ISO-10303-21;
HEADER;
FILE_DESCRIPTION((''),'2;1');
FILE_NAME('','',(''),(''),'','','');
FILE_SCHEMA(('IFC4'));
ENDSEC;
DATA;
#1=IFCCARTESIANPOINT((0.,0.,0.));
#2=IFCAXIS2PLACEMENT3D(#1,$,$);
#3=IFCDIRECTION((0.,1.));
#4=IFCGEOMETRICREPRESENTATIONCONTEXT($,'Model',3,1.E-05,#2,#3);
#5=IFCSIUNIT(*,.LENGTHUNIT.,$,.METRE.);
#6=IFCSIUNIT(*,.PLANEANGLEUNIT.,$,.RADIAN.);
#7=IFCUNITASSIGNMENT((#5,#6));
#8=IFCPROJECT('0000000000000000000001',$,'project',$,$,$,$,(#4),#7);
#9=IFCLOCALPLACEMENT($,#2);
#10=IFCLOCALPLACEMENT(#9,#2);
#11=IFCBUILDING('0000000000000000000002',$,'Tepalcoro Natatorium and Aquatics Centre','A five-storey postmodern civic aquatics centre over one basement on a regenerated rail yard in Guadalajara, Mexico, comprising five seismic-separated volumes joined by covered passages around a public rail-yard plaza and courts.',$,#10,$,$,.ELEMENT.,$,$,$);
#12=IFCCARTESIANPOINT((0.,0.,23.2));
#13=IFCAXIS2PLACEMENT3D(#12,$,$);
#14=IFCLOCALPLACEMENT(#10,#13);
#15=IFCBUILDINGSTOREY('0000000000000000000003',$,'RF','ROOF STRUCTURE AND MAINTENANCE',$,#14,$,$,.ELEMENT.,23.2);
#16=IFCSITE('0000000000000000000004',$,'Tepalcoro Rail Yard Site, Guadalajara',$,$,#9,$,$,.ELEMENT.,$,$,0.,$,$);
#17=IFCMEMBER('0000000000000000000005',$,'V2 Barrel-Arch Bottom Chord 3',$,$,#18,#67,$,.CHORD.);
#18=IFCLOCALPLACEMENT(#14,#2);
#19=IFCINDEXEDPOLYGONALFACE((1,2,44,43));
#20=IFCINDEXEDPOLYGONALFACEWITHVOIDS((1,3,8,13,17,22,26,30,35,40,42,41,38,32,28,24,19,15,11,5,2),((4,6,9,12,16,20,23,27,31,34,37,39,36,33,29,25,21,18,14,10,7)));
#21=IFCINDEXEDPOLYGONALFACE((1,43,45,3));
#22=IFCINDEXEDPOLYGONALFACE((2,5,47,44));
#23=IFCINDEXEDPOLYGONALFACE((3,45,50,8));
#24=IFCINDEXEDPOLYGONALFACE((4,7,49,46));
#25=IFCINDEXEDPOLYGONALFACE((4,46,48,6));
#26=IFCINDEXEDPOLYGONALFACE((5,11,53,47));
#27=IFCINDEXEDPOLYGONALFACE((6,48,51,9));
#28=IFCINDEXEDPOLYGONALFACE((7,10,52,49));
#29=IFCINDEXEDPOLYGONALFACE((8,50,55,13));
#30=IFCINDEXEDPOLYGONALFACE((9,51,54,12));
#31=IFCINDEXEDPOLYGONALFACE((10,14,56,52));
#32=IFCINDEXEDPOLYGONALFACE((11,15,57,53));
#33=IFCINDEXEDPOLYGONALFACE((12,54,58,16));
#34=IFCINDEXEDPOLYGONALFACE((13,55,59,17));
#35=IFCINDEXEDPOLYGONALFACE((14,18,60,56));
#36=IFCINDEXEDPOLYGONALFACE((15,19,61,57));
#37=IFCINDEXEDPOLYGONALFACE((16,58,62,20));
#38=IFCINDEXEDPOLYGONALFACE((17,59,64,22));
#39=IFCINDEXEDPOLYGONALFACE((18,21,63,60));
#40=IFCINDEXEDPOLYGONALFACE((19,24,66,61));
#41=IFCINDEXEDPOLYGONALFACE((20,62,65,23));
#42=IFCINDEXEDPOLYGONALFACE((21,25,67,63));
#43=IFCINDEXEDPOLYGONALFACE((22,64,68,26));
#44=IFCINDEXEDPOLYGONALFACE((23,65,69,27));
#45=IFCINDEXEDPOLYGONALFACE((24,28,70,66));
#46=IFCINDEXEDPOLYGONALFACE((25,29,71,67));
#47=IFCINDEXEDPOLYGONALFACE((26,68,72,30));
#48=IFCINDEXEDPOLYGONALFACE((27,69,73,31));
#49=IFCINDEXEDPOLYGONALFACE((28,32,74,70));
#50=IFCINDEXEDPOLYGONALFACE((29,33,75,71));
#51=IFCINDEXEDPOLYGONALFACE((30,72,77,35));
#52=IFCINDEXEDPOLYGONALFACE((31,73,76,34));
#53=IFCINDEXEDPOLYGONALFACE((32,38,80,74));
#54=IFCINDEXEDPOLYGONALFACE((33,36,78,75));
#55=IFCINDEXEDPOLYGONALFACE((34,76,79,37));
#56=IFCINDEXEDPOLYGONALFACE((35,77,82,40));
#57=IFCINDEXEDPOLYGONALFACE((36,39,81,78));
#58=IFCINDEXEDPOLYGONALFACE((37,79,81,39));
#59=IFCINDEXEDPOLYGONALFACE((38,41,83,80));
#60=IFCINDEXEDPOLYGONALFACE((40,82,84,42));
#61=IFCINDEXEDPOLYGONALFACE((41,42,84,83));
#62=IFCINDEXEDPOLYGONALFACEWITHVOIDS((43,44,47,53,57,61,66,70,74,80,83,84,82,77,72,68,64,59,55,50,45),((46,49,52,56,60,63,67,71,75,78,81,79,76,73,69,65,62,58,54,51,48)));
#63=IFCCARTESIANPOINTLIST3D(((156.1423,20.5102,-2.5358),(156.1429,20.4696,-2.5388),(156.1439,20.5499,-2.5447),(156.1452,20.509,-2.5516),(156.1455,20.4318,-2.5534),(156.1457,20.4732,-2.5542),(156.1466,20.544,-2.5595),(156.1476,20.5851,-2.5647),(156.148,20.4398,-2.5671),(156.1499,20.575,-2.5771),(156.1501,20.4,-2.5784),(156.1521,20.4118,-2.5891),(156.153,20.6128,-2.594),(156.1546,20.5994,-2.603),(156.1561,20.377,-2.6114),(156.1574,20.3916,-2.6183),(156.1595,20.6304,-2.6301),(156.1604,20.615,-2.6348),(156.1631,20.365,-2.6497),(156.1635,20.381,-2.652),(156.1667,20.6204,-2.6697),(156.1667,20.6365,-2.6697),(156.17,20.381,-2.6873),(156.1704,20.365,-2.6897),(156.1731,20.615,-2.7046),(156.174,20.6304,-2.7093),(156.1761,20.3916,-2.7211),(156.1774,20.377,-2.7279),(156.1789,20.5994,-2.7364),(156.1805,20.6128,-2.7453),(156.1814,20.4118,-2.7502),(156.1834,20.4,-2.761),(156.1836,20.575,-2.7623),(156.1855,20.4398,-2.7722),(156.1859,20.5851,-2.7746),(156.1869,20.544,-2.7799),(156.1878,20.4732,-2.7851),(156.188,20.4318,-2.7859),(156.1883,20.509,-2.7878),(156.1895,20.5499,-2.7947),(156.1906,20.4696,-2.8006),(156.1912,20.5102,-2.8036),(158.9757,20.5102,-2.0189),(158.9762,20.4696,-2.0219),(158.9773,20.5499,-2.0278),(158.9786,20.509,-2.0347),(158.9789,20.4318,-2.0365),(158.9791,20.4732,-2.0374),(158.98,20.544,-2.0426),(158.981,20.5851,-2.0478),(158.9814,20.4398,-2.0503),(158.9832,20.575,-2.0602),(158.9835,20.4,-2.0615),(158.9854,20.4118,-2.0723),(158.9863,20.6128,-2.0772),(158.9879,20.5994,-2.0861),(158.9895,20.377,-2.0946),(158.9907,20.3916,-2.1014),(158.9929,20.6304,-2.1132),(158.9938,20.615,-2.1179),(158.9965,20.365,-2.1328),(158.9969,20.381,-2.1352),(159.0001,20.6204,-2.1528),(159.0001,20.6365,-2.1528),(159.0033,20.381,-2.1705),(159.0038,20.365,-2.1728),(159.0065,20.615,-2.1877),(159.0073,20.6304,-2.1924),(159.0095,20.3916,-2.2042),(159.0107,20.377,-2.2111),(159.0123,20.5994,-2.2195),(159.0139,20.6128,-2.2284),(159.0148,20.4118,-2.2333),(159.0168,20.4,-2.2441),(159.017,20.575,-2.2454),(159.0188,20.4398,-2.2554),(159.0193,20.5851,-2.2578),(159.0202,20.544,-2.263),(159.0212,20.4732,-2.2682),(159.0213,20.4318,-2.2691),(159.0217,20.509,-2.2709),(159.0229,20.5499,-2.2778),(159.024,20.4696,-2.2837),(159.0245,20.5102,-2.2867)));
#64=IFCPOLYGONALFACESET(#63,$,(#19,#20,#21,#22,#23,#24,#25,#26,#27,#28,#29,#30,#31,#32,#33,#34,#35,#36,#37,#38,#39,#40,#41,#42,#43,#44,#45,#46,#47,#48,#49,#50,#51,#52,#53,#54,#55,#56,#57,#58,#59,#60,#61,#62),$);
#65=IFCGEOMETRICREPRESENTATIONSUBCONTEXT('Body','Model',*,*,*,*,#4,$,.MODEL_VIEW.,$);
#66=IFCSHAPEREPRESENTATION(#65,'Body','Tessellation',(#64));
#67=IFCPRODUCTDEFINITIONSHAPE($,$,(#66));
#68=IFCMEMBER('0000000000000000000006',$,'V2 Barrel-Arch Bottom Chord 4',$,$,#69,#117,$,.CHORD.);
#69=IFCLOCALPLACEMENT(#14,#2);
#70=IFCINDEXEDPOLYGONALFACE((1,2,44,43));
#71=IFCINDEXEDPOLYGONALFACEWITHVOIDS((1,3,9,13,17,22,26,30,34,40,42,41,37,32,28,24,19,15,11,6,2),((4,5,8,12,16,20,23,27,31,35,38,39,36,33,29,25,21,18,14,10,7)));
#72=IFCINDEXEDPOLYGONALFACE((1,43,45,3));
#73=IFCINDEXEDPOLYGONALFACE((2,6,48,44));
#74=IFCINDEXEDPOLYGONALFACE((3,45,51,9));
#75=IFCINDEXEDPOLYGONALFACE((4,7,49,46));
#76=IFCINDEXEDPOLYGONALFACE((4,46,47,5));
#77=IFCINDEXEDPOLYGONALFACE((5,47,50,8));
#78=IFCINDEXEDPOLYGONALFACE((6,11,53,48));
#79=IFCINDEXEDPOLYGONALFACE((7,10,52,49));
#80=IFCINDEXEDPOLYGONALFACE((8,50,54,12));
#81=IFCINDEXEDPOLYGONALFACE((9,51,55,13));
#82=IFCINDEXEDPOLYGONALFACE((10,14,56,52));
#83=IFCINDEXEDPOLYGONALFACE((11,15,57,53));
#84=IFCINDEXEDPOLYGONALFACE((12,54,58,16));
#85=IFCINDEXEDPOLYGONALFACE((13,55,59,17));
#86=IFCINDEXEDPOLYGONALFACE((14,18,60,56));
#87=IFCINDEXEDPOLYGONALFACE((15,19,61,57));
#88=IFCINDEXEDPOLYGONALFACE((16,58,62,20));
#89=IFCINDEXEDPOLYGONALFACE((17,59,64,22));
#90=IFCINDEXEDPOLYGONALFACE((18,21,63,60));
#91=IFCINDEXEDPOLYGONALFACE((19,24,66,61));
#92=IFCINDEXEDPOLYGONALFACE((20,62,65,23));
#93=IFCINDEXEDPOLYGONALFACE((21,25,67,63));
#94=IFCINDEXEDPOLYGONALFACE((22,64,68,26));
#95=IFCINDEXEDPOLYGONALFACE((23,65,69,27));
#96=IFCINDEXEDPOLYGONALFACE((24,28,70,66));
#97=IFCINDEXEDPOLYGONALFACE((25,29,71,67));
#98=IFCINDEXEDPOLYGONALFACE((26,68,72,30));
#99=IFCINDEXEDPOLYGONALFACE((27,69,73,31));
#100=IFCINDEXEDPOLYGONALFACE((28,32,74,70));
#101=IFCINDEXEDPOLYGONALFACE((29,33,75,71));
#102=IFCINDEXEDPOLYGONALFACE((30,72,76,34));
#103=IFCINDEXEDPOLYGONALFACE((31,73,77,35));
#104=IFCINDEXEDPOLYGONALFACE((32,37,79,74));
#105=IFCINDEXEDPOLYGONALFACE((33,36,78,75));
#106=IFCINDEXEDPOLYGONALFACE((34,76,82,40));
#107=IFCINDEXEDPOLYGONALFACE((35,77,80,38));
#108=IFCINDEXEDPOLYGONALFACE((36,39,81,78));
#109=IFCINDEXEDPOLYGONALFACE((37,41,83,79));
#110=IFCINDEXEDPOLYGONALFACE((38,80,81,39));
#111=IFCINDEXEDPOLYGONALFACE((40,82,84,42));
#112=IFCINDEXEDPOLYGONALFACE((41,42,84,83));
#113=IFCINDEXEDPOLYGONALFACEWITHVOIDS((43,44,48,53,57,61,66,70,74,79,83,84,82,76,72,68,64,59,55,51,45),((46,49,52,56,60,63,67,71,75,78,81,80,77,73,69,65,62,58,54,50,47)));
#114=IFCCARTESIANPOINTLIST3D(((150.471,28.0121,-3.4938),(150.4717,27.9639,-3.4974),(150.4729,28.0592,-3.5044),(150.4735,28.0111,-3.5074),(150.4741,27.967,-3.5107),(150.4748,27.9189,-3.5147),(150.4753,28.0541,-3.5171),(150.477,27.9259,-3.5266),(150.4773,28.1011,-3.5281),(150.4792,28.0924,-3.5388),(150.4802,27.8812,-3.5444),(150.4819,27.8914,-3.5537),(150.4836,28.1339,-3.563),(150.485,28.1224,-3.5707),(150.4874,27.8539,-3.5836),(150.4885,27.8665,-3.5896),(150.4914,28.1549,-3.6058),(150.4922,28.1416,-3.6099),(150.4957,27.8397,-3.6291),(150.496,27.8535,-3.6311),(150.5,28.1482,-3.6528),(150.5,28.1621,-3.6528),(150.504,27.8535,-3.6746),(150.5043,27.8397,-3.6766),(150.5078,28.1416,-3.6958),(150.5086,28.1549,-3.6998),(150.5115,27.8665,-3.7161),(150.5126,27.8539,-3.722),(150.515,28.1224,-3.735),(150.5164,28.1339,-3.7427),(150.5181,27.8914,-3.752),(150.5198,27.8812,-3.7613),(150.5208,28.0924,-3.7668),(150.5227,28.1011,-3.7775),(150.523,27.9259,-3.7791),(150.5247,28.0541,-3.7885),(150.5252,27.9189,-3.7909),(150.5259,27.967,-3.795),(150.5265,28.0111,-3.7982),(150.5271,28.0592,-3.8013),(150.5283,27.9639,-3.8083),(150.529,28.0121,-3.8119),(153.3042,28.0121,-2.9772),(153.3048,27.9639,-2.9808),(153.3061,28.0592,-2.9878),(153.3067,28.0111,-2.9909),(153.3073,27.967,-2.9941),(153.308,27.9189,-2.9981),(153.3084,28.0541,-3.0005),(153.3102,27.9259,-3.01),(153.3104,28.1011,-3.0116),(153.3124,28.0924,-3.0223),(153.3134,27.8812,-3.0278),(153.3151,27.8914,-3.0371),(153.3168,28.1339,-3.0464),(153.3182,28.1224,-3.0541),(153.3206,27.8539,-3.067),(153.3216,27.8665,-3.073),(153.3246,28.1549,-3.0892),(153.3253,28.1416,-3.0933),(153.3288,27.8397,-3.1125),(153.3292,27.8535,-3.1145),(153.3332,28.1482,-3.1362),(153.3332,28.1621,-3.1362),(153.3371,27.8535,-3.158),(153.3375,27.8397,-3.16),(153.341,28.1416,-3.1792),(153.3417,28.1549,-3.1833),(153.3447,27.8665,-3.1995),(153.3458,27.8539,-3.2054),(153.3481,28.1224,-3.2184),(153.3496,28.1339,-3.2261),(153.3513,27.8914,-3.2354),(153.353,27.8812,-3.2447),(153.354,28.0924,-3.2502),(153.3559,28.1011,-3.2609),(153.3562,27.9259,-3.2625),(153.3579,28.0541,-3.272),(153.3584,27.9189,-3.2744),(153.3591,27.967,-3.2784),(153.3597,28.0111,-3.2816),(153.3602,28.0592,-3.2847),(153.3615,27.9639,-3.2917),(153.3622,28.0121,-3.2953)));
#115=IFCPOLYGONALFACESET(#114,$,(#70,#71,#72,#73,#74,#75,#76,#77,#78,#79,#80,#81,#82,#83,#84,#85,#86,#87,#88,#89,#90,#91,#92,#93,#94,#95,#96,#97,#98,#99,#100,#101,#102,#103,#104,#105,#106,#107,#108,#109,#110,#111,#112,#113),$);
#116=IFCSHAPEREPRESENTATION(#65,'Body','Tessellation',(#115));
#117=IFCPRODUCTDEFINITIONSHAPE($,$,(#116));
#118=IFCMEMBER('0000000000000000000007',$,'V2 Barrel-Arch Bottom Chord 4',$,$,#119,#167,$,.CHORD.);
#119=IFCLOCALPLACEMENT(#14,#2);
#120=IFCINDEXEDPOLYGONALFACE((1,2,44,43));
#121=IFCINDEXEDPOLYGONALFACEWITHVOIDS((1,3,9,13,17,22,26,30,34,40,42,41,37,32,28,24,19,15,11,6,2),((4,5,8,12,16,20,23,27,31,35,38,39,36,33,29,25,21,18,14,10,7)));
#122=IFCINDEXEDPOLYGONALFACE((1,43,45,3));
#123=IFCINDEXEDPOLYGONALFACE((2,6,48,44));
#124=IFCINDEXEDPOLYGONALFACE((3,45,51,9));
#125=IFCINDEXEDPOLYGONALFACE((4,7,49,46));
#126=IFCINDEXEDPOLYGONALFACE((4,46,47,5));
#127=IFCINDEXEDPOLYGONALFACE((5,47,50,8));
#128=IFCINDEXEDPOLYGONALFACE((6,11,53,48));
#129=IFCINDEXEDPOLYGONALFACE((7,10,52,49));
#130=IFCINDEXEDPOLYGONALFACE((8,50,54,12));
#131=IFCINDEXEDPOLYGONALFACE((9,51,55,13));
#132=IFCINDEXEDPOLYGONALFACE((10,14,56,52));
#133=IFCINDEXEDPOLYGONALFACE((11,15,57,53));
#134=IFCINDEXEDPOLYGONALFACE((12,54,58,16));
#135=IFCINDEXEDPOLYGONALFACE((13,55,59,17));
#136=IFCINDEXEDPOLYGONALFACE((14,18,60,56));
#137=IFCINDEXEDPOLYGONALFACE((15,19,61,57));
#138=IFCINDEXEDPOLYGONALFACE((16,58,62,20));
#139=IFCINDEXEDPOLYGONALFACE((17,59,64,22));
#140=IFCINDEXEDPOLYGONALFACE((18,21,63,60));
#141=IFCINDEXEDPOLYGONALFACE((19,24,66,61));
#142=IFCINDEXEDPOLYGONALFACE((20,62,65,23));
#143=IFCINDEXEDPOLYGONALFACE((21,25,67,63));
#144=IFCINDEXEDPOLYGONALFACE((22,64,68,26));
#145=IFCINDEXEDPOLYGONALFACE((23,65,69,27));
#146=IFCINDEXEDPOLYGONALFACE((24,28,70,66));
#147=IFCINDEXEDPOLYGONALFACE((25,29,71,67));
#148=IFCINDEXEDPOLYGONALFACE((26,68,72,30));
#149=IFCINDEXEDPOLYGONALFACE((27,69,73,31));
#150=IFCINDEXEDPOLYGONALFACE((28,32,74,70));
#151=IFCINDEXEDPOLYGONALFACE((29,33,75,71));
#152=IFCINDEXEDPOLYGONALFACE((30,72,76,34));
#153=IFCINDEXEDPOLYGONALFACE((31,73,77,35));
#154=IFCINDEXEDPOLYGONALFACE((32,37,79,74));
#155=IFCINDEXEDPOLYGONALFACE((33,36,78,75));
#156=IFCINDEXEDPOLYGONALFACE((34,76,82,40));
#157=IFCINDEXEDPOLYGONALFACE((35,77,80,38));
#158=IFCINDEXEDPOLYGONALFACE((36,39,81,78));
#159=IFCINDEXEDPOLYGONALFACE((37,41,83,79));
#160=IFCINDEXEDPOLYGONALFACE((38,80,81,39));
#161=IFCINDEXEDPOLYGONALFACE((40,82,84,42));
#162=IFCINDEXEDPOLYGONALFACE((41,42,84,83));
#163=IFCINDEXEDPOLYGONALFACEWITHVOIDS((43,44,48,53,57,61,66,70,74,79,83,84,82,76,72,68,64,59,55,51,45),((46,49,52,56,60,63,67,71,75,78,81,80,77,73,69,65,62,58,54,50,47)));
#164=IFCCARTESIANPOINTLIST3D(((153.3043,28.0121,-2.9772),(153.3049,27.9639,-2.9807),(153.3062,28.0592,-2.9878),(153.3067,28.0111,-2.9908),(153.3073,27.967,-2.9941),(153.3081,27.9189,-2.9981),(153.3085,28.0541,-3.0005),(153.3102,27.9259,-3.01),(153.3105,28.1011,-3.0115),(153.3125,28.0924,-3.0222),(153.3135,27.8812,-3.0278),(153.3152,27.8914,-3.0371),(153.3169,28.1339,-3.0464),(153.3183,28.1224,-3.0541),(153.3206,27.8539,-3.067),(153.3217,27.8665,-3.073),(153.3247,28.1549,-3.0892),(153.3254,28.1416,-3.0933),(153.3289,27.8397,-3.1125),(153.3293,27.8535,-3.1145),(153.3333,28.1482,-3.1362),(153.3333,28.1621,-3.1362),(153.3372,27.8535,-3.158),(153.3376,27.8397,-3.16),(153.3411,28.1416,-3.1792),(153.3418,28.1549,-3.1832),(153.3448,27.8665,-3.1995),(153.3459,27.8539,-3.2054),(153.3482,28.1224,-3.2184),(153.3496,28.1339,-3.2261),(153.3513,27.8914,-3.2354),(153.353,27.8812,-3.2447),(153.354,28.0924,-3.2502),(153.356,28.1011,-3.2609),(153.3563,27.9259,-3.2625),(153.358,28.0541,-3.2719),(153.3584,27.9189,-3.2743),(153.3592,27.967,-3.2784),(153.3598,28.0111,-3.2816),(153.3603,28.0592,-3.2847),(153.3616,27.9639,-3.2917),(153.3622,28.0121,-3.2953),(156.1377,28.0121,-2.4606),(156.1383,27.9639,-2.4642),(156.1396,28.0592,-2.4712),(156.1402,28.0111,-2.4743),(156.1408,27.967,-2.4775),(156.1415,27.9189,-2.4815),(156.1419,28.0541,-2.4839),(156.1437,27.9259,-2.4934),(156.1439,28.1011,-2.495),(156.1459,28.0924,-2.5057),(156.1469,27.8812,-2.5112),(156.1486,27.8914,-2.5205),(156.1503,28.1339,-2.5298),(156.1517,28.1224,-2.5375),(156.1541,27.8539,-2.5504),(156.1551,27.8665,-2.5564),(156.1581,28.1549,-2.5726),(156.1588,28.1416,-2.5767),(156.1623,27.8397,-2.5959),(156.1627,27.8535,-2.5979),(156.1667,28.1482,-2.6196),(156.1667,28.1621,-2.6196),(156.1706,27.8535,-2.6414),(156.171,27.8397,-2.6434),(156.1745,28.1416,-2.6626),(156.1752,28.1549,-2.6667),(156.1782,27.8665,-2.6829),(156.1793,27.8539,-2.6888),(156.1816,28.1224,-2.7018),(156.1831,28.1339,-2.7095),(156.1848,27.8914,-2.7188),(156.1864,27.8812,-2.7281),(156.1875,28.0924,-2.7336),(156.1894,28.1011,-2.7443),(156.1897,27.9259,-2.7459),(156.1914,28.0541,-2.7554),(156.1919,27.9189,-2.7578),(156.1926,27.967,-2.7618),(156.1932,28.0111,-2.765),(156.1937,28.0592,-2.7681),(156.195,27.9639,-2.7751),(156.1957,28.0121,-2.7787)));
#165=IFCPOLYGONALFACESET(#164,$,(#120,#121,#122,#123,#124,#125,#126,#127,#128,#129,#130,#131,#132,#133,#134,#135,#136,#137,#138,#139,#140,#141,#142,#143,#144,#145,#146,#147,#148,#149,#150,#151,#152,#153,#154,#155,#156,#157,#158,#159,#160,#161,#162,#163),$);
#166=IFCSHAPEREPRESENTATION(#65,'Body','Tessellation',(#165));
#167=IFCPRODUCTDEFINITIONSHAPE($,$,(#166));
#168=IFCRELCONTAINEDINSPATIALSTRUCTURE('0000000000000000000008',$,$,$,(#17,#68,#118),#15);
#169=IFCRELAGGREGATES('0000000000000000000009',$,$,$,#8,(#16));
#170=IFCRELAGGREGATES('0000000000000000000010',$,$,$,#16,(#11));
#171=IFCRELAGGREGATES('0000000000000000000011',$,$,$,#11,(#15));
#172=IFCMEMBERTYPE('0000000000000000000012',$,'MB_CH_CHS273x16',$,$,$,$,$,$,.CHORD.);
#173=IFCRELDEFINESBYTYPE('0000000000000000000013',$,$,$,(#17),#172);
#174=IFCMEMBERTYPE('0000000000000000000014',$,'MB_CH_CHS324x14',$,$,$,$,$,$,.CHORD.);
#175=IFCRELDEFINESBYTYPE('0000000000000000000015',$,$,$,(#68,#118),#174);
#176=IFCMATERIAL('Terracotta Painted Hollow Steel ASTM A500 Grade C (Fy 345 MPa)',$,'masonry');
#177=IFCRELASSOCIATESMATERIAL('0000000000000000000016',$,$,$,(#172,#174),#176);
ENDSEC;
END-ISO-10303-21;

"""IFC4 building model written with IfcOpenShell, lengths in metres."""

from ifc_helpers import new_model, si_unit, direction, frame, origin, origin_2d, place, context, subcontext, project, spatial, hollow_circle, extrude, material, material_profile, profile_set, type_object, element, save


model = new_model("IFC4")

# Units and contexts
model_context = context("Model", 3, precision=1e-05, world=origin(), true_north=direction((0.0, 1.0)))
body_context = subcontext(model_context, "Body", "Model", "MODEL_VIEW")
ifc_project = project(units=[si_unit("LENGTHUNIT", "METRE"), si_unit("PLANEANGLEUNIT", "RADIAN")], contexts=[model_context])

# Site, building, storey
site_placement = place(None, origin())
site = spatial("IfcSite", under=ifc_project, at=site_placement, Name="Tepalcoro Rail Yard Site, Guadalajara", CompositionType="ELEMENT", RefElevation=0.0)
building_placement = place(site_placement, origin())
building = spatial("IfcBuilding", under=site, at=building_placement, Name="Tepalcoro Natatorium and Aquatics Centre", Description="A five-storey postmodern civic aquatics centre over one basement on a regenerated rail yard in Guadalajara, Mexico, comprising five seismic-separated volumes joined by covered passages around a public rail-yard plaza and courts.", CompositionType="ELEMENT")
storey_placement = place(building_placement, frame((0.0, 0.0, 23.2)))
storey = spatial("IfcBuildingStorey", under=building, at=storey_placement, Name="RF", Description="ROOF STRUCTURE AND MAINTENANCE", CompositionType="ELEMENT", Elevation=23.2)

# Shared definitions
ifc_material_1 = material(Name="Terracotta Painted Hollow Steel ASTM A500 Grade C (Fy 345 MPa)", Category="masonry")

# Members
ifc_material_profile_1 = material_profile(ifc_material_1, hollow_circle(Radius=0.1365, WallThickness=0.0161, at=origin_2d()), Name="CHS273X16")
ifc_profile_set_1 = profile_set([ifc_material_profile_1], Name="Terracotta Painted Hollow Steel ASTM A500 Grade C (Fy 345 MPa)")
member_type_1 = type_object("IfcMemberType", Name="MB_CH_CHS273x16", PredefinedType="CHORD", material=ifc_profile_set_1)
for number, where, z_axis, x_axis, name in (
    (1, (156.1667, 20.5, -2.6697), (0.983765, 0.0, 0.17946), (0.0, 1.0, 0.0), "V2 Barrel-Arch Bottom Chord 3"),
):
    element("IfcMember", number, at=place(storey_placement, frame(where, z_axis=z_axis, x_axis=x_axis)), inside=storey, type_object=member_type_1, Name=name, PredefinedType="CHORD", context=body_context, shape_type="SweptSolid", body=[
        extrude(hollow_circle(Radius=0.1365, WallThickness=0.0161, at=origin_2d()), origin(), (0.0, 0.0, 1.0), 2.8801),
    ])
ifc_material_profile_2 = material_profile(ifc_material_1, hollow_circle(Radius=0.1621, WallThickness=0.0139, at=origin_2d()), Name="CHS324X14")
ifc_profile_set_2 = profile_set([ifc_material_profile_2], Name="Terracotta Painted Hollow Steel ASTM A500 Grade C (Fy 345 MPa)")
member_type_2 = type_object("IfcMemberType", Name="MB_CH_CHS324x14", PredefinedType="CHORD", material=ifc_profile_set_2)
member_1_placement = place(storey_placement, frame((150.5, 28.0, -3.6528), z_axis=(0.98378, 0.0, 0.179378), x_axis=(0.0, 1.0, 0.0)))
element("IfcMember", 2, at=member_1_placement, inside=storey, type_object=member_type_2, Name="V2 Barrel-Arch Bottom Chord 4", PredefinedType="CHORD", context=body_context, shape_type="SweptSolid", body=[
    extrude(hollow_circle(Radius=0.1621, WallThickness=0.0139, at=origin_2d()), origin(), (0.0, 0.0, 1.0), 2.8799),
])
member_2_placement = place(storey_placement, frame((153.3333, 28.0, -3.1362), z_axis=(0.983783, 0.0, 0.179363), x_axis=(0.0, 1.0, 0.0)))
element("IfcMember", 3, at=member_2_placement, inside=storey, type_object=member_type_2, Name="V2 Barrel-Arch Bottom Chord 4", PredefinedType="CHORD", context=body_context, shape_type="SweptSolid", body=[
    extrude(hollow_circle(Radius=0.1621, WallThickness=0.0139, at=origin_2d()), origin(), (0.0, 0.0, 1.0), 2.8801),
])

save(model, "model.ifc")
